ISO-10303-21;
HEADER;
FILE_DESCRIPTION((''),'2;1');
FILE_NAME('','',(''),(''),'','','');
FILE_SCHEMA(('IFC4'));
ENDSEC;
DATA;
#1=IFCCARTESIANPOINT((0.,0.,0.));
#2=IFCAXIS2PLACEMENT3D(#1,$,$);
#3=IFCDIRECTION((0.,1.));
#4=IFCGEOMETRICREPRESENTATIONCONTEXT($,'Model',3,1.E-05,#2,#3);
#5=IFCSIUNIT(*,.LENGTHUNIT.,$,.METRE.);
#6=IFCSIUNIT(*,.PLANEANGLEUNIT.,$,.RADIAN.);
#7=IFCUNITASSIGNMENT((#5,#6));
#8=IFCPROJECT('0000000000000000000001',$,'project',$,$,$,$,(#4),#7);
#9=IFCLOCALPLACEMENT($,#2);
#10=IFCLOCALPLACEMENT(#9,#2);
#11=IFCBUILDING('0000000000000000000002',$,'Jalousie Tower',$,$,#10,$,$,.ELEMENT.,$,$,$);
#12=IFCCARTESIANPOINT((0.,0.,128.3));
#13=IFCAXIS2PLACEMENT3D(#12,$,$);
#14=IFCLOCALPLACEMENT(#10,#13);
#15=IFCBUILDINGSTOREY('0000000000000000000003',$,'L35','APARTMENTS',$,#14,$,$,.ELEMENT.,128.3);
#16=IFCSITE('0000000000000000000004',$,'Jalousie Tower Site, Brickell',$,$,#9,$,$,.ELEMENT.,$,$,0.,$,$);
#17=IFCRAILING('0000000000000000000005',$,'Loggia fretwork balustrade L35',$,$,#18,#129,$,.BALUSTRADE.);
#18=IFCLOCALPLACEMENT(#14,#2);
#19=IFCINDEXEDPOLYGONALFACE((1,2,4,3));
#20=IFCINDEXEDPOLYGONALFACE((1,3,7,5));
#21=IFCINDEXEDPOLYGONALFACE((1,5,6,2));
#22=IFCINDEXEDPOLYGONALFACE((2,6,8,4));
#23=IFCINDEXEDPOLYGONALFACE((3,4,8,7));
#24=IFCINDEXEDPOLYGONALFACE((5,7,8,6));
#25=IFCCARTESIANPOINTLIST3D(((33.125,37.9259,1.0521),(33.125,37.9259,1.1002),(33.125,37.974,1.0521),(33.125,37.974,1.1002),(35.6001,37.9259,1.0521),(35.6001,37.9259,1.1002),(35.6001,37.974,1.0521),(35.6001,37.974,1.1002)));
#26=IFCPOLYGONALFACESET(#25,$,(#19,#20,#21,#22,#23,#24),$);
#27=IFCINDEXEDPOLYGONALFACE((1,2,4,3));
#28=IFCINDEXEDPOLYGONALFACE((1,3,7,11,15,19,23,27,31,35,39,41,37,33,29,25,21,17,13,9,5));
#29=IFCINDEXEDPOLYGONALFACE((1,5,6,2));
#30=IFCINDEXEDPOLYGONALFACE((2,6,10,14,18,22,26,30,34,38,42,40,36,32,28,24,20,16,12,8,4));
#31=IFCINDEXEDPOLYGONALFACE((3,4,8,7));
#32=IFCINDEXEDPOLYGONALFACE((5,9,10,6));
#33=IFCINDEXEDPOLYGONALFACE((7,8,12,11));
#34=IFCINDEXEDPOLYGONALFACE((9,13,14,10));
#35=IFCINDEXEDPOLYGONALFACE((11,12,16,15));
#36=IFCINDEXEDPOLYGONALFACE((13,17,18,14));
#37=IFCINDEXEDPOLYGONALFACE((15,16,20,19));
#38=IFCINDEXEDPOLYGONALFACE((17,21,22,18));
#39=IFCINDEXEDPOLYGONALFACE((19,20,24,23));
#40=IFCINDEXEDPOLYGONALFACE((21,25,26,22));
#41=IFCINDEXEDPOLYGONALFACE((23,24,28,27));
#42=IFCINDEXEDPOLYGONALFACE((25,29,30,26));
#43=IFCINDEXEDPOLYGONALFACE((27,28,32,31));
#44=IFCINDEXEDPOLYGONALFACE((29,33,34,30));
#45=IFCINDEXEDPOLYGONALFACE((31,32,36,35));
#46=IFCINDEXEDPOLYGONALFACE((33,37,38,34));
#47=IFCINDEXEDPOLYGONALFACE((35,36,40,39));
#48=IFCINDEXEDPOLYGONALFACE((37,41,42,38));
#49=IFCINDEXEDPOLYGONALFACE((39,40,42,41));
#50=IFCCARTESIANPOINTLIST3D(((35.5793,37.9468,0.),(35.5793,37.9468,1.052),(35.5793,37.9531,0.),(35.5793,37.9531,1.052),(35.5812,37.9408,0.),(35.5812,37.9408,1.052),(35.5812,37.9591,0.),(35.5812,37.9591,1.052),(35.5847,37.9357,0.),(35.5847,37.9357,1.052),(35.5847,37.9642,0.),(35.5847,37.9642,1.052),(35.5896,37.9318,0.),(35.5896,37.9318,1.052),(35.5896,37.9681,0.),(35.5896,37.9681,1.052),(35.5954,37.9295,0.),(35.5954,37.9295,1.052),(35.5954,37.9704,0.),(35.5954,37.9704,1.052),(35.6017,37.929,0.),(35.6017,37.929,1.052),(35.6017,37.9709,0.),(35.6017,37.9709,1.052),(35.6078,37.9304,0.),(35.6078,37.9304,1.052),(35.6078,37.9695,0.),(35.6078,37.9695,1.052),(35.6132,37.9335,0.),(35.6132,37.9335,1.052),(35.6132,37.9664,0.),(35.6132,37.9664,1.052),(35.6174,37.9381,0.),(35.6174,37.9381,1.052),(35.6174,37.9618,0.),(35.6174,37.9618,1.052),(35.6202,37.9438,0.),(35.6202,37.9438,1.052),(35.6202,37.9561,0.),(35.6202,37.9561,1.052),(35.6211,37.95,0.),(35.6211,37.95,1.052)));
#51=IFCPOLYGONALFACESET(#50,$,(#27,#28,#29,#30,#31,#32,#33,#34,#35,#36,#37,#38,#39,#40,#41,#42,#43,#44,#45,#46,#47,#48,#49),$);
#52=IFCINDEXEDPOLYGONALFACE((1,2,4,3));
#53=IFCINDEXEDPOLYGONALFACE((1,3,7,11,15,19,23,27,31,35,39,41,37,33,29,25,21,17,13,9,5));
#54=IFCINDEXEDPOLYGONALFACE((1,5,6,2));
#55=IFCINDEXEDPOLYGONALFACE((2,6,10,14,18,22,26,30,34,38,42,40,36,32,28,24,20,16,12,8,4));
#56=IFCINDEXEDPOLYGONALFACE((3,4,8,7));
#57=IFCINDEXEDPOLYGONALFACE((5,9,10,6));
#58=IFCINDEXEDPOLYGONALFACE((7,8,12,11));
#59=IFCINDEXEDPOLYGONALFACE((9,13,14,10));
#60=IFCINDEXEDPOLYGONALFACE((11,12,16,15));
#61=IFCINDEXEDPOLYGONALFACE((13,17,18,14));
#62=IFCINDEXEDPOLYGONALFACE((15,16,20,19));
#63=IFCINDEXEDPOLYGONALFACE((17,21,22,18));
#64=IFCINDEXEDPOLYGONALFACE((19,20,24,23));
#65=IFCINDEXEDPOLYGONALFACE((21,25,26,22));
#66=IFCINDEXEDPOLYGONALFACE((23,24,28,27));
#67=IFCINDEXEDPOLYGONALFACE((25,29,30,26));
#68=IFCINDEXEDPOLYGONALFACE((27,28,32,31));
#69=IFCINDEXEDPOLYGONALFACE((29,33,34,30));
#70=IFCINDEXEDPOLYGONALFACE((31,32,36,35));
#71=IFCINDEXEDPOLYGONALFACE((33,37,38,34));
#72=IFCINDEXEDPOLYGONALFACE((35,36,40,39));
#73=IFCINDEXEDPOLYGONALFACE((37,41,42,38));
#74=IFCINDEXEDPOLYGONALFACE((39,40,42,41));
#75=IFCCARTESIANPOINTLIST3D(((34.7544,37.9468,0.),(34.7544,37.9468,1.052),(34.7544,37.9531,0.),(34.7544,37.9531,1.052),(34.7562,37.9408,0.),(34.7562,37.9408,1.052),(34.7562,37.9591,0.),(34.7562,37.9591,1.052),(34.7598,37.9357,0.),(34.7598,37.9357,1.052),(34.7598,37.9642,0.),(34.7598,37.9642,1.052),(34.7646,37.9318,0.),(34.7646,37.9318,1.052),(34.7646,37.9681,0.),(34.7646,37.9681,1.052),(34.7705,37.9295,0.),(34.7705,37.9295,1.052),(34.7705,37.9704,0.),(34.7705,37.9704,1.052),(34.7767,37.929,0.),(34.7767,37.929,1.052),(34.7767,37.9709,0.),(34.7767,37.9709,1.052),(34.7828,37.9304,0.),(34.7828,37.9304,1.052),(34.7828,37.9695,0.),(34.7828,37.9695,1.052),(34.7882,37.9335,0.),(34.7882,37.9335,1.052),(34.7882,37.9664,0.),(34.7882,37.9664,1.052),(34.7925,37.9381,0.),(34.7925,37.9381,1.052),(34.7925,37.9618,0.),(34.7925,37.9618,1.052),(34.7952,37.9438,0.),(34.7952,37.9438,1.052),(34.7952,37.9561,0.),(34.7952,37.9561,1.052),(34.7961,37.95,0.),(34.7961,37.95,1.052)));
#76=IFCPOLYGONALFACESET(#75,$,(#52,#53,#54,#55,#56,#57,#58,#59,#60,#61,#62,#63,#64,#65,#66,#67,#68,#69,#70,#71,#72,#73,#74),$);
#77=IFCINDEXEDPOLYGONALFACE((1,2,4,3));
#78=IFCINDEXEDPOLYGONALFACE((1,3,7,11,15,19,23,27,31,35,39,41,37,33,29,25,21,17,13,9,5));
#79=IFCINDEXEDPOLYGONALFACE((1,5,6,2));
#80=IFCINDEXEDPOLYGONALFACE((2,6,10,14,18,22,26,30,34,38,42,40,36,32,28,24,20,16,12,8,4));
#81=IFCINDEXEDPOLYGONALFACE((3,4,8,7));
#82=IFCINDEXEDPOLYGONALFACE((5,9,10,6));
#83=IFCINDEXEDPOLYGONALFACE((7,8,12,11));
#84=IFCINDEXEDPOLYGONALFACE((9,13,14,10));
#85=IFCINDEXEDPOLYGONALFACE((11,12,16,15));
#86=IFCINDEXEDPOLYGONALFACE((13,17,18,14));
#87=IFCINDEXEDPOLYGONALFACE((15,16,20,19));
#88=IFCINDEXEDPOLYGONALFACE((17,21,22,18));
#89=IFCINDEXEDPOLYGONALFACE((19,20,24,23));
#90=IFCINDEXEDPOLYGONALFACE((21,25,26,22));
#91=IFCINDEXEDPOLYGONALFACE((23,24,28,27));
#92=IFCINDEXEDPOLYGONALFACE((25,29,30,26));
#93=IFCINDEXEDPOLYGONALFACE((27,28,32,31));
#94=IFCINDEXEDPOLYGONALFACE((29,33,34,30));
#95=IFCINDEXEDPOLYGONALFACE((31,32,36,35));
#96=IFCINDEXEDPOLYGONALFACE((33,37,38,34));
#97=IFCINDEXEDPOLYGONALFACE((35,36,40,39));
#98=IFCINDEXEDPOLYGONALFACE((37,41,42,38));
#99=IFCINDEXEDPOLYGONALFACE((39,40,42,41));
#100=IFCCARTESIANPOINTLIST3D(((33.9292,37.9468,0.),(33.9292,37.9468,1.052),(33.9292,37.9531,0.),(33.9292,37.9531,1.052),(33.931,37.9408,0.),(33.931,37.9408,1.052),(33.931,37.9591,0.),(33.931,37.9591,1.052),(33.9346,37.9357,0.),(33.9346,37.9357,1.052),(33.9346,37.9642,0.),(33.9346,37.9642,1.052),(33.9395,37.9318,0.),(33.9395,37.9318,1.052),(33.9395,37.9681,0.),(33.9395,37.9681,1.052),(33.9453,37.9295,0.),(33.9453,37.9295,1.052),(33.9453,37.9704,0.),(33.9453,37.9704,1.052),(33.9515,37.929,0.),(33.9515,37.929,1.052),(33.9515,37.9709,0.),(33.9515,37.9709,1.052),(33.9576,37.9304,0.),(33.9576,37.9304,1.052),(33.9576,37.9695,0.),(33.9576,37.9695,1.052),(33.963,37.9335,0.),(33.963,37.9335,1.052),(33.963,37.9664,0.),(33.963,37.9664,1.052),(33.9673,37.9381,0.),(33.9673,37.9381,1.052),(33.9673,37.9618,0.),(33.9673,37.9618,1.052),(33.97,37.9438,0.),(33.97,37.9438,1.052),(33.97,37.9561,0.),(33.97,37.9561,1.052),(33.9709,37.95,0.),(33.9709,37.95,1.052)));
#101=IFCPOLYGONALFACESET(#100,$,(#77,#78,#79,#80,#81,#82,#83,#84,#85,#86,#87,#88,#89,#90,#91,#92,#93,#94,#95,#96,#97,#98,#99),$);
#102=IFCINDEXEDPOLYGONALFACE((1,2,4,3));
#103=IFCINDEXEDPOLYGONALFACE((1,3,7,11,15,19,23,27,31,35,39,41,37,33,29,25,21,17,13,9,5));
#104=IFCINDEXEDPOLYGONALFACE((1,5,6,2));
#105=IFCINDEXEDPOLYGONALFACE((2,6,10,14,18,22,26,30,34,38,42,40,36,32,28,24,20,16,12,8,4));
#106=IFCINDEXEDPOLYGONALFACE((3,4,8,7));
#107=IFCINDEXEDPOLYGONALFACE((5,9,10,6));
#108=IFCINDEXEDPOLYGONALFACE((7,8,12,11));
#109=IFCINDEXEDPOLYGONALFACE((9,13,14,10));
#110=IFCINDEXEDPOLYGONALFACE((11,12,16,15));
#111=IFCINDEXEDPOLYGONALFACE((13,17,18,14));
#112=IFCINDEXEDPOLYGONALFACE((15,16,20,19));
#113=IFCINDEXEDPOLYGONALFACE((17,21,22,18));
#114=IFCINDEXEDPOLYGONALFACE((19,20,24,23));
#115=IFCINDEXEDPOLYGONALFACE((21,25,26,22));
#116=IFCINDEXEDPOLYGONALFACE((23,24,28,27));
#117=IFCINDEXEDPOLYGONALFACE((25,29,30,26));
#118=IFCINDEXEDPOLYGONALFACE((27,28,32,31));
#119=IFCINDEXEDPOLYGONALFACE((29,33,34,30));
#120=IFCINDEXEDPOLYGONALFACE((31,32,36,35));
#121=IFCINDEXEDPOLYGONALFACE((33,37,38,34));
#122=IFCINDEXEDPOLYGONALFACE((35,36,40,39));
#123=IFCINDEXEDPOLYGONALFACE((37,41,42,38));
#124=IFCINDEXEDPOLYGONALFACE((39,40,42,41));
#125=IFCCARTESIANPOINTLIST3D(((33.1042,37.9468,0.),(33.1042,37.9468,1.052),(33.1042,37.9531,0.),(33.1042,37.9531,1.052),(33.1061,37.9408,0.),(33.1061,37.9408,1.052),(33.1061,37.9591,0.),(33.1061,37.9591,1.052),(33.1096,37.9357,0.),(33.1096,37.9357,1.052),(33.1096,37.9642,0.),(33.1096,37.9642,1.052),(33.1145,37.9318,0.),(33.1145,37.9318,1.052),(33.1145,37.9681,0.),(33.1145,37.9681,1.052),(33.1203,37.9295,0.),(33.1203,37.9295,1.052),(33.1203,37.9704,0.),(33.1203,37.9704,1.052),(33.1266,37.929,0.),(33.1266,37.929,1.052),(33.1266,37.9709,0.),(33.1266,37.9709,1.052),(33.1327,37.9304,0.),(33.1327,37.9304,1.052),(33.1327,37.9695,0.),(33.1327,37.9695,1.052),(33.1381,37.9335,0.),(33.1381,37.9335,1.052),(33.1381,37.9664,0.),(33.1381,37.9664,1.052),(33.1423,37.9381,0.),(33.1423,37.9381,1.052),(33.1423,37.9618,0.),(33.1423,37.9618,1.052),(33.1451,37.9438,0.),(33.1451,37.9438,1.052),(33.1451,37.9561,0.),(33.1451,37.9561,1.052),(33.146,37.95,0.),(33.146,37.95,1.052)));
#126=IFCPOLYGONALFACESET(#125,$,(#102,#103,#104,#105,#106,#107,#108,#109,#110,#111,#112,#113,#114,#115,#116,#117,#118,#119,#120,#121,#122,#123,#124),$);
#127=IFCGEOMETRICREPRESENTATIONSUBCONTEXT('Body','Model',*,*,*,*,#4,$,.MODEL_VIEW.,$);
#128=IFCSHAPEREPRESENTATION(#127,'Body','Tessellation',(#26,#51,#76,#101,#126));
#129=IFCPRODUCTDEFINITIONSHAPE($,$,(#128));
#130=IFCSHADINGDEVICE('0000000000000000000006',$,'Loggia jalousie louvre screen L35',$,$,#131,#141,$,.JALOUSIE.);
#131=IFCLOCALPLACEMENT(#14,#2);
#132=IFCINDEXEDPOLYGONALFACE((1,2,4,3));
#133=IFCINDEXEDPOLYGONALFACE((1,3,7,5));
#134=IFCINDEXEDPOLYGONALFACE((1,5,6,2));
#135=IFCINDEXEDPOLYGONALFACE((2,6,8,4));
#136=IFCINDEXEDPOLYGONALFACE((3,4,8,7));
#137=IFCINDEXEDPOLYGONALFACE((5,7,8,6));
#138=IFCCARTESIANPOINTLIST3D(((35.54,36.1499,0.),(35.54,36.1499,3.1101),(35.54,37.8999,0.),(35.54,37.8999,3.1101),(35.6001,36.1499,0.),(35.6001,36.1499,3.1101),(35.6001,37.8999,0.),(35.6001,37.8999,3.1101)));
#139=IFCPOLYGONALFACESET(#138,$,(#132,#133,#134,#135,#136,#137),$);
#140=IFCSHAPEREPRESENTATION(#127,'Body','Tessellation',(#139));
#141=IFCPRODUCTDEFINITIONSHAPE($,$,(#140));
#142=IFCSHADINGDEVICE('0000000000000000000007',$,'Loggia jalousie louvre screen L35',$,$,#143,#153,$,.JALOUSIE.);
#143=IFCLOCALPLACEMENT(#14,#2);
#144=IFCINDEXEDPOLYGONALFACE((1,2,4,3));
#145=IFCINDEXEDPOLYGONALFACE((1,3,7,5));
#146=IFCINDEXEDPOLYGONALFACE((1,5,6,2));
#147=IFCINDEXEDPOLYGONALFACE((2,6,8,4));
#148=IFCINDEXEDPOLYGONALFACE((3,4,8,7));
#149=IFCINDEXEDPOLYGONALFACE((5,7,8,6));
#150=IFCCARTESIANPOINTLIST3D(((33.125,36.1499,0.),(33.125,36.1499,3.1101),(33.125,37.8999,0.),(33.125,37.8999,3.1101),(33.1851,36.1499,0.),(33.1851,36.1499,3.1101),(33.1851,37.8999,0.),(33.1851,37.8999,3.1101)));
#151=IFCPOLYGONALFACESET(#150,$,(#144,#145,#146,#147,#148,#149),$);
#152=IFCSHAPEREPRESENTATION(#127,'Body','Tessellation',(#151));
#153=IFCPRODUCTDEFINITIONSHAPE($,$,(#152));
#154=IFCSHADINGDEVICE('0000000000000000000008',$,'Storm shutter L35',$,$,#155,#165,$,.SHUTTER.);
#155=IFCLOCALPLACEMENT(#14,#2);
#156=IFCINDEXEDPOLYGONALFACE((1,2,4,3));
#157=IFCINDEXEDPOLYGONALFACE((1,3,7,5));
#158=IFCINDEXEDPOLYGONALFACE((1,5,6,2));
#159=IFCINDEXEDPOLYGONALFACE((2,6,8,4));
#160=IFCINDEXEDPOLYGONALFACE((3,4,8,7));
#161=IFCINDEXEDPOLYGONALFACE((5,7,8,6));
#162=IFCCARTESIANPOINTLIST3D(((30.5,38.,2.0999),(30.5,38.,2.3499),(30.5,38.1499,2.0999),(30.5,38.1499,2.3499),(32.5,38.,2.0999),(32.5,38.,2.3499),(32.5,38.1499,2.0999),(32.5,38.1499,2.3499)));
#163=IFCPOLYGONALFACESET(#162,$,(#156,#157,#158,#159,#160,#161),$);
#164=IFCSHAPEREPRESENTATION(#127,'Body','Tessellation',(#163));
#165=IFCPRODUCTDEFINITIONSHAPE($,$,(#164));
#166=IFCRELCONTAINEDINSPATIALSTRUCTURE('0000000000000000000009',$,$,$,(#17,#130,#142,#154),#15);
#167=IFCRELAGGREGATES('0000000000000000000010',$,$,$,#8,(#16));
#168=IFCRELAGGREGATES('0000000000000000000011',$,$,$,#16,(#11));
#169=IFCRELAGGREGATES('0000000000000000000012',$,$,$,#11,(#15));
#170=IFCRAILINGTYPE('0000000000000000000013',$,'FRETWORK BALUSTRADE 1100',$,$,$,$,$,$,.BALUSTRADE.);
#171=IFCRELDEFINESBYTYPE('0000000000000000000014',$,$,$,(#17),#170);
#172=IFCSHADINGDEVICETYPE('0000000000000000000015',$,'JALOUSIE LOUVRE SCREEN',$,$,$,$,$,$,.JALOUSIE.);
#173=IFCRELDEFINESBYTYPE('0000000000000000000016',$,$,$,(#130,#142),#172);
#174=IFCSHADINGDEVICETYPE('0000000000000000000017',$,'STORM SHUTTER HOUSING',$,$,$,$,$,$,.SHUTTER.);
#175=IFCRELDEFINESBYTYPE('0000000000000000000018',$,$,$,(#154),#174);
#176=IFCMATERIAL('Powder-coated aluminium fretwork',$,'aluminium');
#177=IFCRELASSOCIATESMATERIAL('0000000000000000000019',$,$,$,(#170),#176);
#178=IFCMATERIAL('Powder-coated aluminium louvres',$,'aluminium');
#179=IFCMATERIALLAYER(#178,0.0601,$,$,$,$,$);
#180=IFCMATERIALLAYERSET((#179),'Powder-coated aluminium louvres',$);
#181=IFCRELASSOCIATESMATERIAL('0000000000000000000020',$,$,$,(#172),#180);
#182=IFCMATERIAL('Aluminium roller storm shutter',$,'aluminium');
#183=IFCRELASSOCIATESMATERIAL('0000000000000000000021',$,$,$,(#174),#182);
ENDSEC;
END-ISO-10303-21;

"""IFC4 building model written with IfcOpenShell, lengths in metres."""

from ifc_helpers import new_model, si_unit, direction, frame, origin, origin_2d, place, context, subcontext, project, spatial, rectangle, circle, extrude, material, layer, layer_set, type_object, element, save


model = new_model("IFC4")

# Units and contexts
model_context = context("Model", 3, precision=1e-05, world=origin(), true_north=direction((0.0, 1.0)))
body_context = subcontext(model_context, "Body", "Model", "MODEL_VIEW")
ifc_project = project(units=[si_unit("LENGTHUNIT", "METRE"), si_unit("PLANEANGLEUNIT", "RADIAN")], contexts=[model_context])

# Site, building, storey
site_placement = place(None, origin())
site = spatial("IfcSite", under=ifc_project, at=site_placement, Name="Jalousie Tower Site, Brickell", CompositionType="ELEMENT", RefElevation=0.0)
building_placement = place(site_placement, origin())
building = spatial("IfcBuilding", under=site, at=building_placement, Name="Jalousie Tower", CompositionType="ELEMENT")
storey_placement = place(building_placement, frame((0.0, 0.0, 128.3)))
storey = spatial("IfcBuildingStorey", under=building, at=storey_placement, Name="L35", Description="APARTMENTS", CompositionType="ELEMENT", Elevation=128.3)

# Railing
ifc_material_1 = material(Name="Powder-coated aluminium fretwork", Category="aluminium")
railing_type = type_object("IfcRailingType", Name="FRETWORK BALUSTRADE 1100", PredefinedType="BALUSTRADE", material=ifc_material_1)
railing_placement = place(storey_placement, frame((35.6001, 37.95, 0.0)))
element("IfcRailing", 1, at=railing_placement, inside=storey, type_object=railing_type, Name="Loggia fretwork balustrade L35", PredefinedType="BALUSTRADE", context=body_context, shape_type="SweptSolid", body=[
    extrude(rectangle(XDim=0.0481, YDim=0.0481, at=origin_2d()), frame((0.0, 0.0, 1.0762), z_axis=(-1.0, 0.0, 0.0), x_axis=(0.0, -1.0, 0.0)), (0.0, 0.0, 1.0), 2.4751),
    extrude(circle(Radius=0.021, at=origin_2d()), origin(), (0.0, 0.0, 1.0), 1.052),
    extrude(circle(Radius=0.021, at=origin_2d()), frame((-0.825, 0.0, 0.0)), (0.0, 0.0, 1.0), 1.052),
    extrude(circle(Radius=0.021, at=origin_2d()), frame((-1.6501, 0.0, 0.0)), (0.0, 0.0, 1.0), 1.052),
    extrude(circle(Radius=0.021, at=origin_2d()), frame((-2.4751, 0.0, 0.0)), (0.0, 0.0, 1.0), 1.052),
])

# Shading devices
ifc_material_2 = material(Name="Powder-coated aluminium louvres", Category="aluminium")
ifc_layer_1 = layer(ifc_material_2, 0.0601)
ifc_layer_set_1 = layer_set([ifc_layer_1], Name="Powder-coated aluminium louvres")
shading_device_type_1 = type_object("IfcShadingDeviceType", Name="JALOUSIE LOUVRE SCREEN", PredefinedType="JALOUSIE", material=ifc_layer_set_1)
for number, where, z_axis, x_axis, name in (
    (2, (35.5701, 37.0249, 0.0), (0.0, 0.0, 1.0), (-1.0, 0.0, 0.0), "Loggia jalousie louvre screen L35"),
    (3, (33.155, 37.0249, 0.0), (0.0, 0.0, 1.0), (-1.0, 0.0, 0.0), "Loggia jalousie louvre screen L35"),
):
    element("IfcShadingDevice", number, at=place(storey_placement, frame(where, z_axis=z_axis, x_axis=x_axis)), inside=storey, type_object=shading_device_type_1, Name=name, PredefinedType="JALOUSIE", context=body_context, shape_type="SweptSolid", body=[
        extrude(rectangle(XDim=0.0601, YDim=1.75, at=origin_2d()), origin(), (0.0, 0.0, 1.0), 3.1101),
    ])
ifc_material_3 = material(Name="Aluminium roller storm shutter", Category="aluminium")
shading_device_type_2 = type_object("IfcShadingDeviceType", Name="STORM SHUTTER HOUSING", PredefinedType="SHUTTER", material=ifc_material_3)
shading_device_placement = place(storey_placement, frame((31.5, 38.075, 2.0999), z_axis=(0.0, 0.0, 1.0), x_axis=(-1.0, 0.0, 0.0)))
element("IfcShadingDevice", 4, at=shading_device_placement, inside=storey, type_object=shading_device_type_2, Name="Storm shutter L35", PredefinedType="SHUTTER", context=body_context, shape_type="SweptSolid", body=[
    extrude(rectangle(XDim=2.0, YDim=0.1499, at=origin_2d()), origin(), (0.0, 0.0, 1.0), 0.25),
])

save(model, "model.ifc")
